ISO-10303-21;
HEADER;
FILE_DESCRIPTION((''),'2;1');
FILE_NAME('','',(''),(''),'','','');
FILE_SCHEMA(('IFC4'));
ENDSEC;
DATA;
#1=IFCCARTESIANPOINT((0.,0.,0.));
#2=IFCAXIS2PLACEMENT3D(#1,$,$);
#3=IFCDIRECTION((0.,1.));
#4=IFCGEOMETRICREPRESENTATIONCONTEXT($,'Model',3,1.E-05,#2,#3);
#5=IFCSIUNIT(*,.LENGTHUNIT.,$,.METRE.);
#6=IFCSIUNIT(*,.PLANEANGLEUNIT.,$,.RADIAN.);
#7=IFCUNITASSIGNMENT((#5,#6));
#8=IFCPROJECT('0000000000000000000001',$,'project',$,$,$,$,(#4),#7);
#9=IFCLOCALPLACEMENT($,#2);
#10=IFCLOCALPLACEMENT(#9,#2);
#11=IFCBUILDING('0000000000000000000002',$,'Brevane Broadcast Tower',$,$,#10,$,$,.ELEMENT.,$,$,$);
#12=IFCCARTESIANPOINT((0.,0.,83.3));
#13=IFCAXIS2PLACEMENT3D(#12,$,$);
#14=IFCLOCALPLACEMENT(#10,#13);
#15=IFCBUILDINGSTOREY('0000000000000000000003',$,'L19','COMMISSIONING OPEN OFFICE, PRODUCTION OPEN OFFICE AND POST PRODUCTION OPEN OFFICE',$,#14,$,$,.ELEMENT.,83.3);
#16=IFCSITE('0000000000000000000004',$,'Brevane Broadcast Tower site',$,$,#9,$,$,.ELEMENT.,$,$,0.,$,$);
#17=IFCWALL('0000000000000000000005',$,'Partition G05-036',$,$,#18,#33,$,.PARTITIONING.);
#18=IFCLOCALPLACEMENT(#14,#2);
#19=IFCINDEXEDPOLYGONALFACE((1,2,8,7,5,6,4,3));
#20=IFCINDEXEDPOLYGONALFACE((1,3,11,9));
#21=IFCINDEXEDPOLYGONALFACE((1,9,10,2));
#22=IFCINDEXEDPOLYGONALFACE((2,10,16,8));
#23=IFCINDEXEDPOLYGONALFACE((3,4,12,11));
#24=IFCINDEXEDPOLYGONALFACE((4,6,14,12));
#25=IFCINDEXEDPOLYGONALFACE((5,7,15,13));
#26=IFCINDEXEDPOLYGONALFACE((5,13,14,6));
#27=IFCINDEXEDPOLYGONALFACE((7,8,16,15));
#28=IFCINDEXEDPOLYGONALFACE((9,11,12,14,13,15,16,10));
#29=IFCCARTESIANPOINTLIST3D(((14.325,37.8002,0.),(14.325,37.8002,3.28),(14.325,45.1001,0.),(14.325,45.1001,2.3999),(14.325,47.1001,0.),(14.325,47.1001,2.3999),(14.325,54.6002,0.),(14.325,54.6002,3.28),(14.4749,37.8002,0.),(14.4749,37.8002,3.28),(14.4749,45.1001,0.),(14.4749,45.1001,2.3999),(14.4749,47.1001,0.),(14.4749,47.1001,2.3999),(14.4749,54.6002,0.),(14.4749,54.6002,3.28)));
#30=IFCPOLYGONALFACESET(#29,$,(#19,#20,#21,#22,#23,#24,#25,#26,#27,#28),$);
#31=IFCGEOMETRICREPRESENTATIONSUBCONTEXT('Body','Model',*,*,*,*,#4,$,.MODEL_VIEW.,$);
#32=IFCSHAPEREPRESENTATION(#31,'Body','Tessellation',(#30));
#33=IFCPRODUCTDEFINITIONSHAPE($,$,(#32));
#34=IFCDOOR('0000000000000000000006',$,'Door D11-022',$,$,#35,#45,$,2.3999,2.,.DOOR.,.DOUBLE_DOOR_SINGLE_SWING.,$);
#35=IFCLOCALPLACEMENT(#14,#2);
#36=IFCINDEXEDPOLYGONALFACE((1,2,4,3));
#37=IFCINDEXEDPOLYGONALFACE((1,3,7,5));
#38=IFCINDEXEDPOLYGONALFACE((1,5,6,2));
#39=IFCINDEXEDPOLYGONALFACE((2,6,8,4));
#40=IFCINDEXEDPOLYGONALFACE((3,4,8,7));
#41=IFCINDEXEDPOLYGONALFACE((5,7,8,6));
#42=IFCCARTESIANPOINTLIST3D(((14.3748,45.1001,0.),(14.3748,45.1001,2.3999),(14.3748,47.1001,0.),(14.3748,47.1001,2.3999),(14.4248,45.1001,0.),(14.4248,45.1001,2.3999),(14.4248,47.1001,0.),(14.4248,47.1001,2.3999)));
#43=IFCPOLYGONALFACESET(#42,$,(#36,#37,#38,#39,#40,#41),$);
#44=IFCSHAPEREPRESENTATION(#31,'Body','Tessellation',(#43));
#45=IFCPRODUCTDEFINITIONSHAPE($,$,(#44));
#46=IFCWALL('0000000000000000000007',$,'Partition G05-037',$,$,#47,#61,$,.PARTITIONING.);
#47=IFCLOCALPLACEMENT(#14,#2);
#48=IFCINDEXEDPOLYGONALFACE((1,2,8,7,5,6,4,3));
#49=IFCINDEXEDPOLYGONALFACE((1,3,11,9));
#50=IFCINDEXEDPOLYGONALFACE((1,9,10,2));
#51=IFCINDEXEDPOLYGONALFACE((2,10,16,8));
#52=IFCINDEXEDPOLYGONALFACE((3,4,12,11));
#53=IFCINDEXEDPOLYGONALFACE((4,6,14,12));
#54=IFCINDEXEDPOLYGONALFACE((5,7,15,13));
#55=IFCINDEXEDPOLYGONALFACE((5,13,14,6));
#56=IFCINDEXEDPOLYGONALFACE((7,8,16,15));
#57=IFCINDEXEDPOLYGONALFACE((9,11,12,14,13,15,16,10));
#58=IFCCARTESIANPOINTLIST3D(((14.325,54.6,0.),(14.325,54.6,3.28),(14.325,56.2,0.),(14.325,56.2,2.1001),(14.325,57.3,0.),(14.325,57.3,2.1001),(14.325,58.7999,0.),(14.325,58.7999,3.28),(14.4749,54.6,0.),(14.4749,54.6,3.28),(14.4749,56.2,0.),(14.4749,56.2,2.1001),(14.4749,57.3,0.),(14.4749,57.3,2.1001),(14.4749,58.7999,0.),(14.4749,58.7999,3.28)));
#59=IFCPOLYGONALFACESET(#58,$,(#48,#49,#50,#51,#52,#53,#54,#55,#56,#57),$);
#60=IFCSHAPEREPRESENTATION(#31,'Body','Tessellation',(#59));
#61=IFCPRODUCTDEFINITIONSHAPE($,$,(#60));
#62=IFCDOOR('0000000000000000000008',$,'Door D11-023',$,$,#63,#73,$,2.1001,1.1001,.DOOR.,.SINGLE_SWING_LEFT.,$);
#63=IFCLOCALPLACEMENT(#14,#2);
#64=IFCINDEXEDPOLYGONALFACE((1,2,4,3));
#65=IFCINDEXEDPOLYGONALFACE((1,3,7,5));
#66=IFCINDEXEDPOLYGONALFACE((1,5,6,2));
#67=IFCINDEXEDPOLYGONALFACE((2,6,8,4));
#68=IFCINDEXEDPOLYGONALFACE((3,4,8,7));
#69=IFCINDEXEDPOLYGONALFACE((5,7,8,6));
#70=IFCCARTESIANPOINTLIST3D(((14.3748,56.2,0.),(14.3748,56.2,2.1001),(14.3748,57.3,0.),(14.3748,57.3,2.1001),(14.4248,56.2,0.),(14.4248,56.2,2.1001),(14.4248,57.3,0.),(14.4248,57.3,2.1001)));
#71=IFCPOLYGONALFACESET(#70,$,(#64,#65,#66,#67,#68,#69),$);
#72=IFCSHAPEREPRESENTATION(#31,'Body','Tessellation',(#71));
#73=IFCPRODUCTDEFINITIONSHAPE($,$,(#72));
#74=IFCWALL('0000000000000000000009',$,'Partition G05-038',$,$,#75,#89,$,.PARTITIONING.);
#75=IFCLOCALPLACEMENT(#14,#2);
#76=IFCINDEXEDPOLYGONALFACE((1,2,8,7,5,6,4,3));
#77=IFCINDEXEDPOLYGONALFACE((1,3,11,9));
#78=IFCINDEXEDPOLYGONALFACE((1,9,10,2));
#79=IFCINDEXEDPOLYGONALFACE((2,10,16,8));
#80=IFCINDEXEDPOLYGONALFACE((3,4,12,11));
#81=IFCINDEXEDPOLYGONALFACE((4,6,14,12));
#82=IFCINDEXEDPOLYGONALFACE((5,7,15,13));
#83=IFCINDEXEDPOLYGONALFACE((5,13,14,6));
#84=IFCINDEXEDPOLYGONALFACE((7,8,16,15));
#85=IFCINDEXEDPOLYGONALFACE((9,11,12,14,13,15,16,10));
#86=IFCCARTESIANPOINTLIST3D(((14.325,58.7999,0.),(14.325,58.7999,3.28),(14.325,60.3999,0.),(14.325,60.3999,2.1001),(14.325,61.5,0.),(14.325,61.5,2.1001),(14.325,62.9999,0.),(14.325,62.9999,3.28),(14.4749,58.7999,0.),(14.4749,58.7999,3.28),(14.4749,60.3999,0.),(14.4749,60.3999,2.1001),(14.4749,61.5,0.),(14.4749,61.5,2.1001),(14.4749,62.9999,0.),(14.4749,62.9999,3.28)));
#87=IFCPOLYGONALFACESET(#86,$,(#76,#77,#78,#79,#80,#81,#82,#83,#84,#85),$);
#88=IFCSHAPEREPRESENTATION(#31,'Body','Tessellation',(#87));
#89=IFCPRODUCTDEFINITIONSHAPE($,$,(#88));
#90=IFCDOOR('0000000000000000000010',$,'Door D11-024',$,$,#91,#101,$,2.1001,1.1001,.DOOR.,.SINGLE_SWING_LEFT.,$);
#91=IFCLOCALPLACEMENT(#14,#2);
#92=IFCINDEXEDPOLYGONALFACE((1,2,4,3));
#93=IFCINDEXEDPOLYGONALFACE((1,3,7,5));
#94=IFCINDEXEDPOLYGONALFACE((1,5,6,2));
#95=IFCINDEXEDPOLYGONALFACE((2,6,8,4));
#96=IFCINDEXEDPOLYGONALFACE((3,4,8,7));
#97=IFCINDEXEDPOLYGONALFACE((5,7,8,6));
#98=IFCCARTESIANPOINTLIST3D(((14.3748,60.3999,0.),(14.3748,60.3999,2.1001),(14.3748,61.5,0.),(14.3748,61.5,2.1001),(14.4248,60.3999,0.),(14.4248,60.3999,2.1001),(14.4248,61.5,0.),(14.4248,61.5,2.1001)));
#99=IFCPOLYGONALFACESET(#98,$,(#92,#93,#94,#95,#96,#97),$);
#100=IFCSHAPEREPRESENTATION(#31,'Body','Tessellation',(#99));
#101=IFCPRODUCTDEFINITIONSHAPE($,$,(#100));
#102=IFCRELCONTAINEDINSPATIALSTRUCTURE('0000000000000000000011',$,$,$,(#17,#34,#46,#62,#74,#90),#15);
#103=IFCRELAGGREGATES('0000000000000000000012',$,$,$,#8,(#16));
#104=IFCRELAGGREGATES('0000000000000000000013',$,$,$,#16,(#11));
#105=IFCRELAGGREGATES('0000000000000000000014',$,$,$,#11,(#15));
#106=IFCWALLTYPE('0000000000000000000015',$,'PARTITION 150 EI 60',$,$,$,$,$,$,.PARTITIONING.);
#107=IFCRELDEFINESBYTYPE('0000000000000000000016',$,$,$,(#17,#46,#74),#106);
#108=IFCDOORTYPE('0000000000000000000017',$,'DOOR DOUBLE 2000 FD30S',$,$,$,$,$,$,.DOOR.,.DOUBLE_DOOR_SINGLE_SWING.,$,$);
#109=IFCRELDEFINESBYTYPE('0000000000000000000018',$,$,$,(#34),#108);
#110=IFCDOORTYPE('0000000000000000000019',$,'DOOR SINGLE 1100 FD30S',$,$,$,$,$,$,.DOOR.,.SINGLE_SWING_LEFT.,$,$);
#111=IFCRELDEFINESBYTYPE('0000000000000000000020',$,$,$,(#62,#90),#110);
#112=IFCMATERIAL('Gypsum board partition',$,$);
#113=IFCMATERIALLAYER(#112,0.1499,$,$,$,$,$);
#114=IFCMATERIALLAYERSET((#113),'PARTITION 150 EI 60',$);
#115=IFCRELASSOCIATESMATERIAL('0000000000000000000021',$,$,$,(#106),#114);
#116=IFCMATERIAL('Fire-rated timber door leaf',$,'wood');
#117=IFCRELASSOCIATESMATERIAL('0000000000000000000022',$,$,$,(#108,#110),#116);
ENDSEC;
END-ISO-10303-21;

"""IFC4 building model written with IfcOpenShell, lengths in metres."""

from ifc_helpers import new_model, si_unit, direction, frame, frame_2d, origin, place, context, subcontext, project, spatial, rectangle, extrude, material, layer, layer_set, type_object, element, fill, save


model = new_model("IFC4")

# Units and contexts
model_context = context("Model", 3, precision=1e-05, world=origin(), true_north=direction((0.0, 1.0)))
body_context = subcontext(model_context, "Body", "Model", "MODEL_VIEW")
ifc_project = project(units=[si_unit("LENGTHUNIT", "METRE"), si_unit("PLANEANGLEUNIT", "RADIAN")], contexts=[model_context])

# Site, building, storey
site_placement = place(None, origin())
site = spatial("IfcSite", under=ifc_project, at=site_placement, Name="Brevane Broadcast Tower site", CompositionType="ELEMENT", RefElevation=0.0)
building_placement = place(site_placement, origin())
building = spatial("IfcBuilding", under=site, at=building_placement, Name="Brevane Broadcast Tower", CompositionType="ELEMENT")
storey_placement = place(building_placement, frame((0.0, 0.0, 83.3)))
storey = spatial("IfcBuildingStorey", under=building, at=storey_placement, Name="L19", Description="COMMISSIONING OPEN OFFICE, PRODUCTION OPEN OFFICE AND POST PRODUCTION OPEN OFFICE", CompositionType="ELEMENT", Elevation=83.3)

# Shared definitions
ifc_material_1 = material(Name="Gypsum board partition")

# Walls, openings, doors
ifc_layer_1 = layer(ifc_material_1, 0.1499)
ifc_layer_set_1 = layer_set([ifc_layer_1], Name="PARTITION 150 EI 60")
wall_type_1 = type_object("IfcWallType", Name="PARTITION 150 EI 60", PredefinedType="PARTITIONING", material=ifc_layer_set_1)
ifc_material_2 = material(Name="Fire-rated timber door leaf", Category="wood")
door_type_1 = type_object("IfcDoorType", Name="DOOR DOUBLE 2000 FD30S", OperationType="DOUBLE_DOOR_SINGLE_SWING", PredefinedType="DOOR", material=ifc_material_2)
wall_1_placement = place(storey_placement, frame((14.3999, 54.6001, 0.0), z_axis=(0.0, 0.0, 1.0), x_axis=(0.0, -1.0, 0.0)))
wall_1 = element("IfcWall", 1, at=wall_1_placement, inside=storey, type_object=wall_type_1, Name="Partition G05-036", PredefinedType="PARTITIONING", context=body_context, shape_type="SweptSolid", body=[
    extrude(rectangle(XDim=16.8, YDim=0.1499, at=frame_2d((8.3999, 0.0))), origin(), (0.0, 0.0, 1.0), 3.28),
])
opening_1_placement = place(wall_1_placement, frame((7.5, 0.0, 0.0)))
opening_1 = element("IfcOpeningElement", 2, at=opening_1_placement, cuts=wall_1, PredefinedType="OPENING", context=body_context, shape_type="SweptSolid", body=[
    extrude(rectangle(XDim=2.0, YDim=2.3999, at=frame_2d((1.0, 1.2))), frame((0.0, 0.085, 0.0), z_axis=(0.0, -1.0, 0.0), x_axis=(1.0, 0.0, 0.0)), (0.0, 0.0, 1.0), 0.1699),
])
door_1_placement = place(opening_1_placement, origin())
door_1 = element("IfcDoor", 3, at=door_1_placement, inside=storey, type_object=door_type_1, Name="Door D11-022", OperationType="DOUBLE_DOOR_SINGLE_SWING", OverallHeight=2.3999, OverallWidth=2.0, PredefinedType="DOOR", context=body_context, shape_type="SweptSolid", body=[
    extrude(rectangle(XDim=2.0, YDim=2.3999, at=frame_2d((1.0, 1.2))), frame((0.0, 0.0249, 0.0), z_axis=(0.0, -1.0, 0.0), x_axis=(1.0, 0.0, 0.0)), (0.0, 0.0, 1.0), 0.05),
])
fill(opening_1, door_1)
wall_2_placement = place(storey_placement, frame((14.3999, 58.8, 0.0), z_axis=(0.0, 0.0, 1.0), x_axis=(0.0, -1.0, 0.0)))
wall_2 = element("IfcWall", 4, at=wall_2_placement, inside=storey, type_object=wall_type_1, Name="Partition G05-037", PredefinedType="PARTITIONING", context=body_context, shape_type="SweptSolid", body=[
    extrude(rectangle(XDim=4.2, YDim=0.1499, at=frame_2d((2.1001, 0.0))), origin(), (0.0, 0.0, 1.0), 3.28),
])
opening_2_placement = place(wall_2_placement, frame((1.5, 0.0, 0.0)))
opening_2 = element("IfcOpeningElement", 5, at=opening_2_placement, cuts=wall_2, PredefinedType="OPENING", context=body_context, shape_type="SweptSolid", body=[
    extrude(rectangle(XDim=1.1001, YDim=2.1001, at=frame_2d((0.55, 1.05))), frame((0.0, 0.085, 0.0), z_axis=(0.0, -1.0, 0.0), x_axis=(1.0, 0.0, 0.0)), (0.0, 0.0, 1.0), 0.1699),
])
door_type_2 = type_object("IfcDoorType", Name="DOOR SINGLE 1100 FD30S", OperationType="SINGLE_SWING_LEFT", PredefinedType="DOOR", material=ifc_material_2)
door_2_placement = place(opening_2_placement, origin())
door_2 = element("IfcDoor", 6, at=door_2_placement, inside=storey, type_object=door_type_2, Name="Door D11-023", OperationType="SINGLE_SWING_LEFT", OverallHeight=2.1001, OverallWidth=1.1001, PredefinedType="DOOR", context=body_context, shape_type="SweptSolid", body=[
    extrude(rectangle(XDim=1.1001, YDim=2.1001, at=frame_2d((0.55, 1.05))), frame((0.0, 0.0249, 0.0), z_axis=(0.0, -1.0, 0.0), x_axis=(1.0, 0.0, 0.0)), (0.0, 0.0, 1.0), 0.05),
])
fill(opening_2, door_2)
wall_3_placement = place(storey_placement, frame((14.3999, 63.0, 0.0), z_axis=(0.0, 0.0, 1.0), x_axis=(0.0, -1.0, 0.0)))
wall_3 = element("IfcWall", 7, at=wall_3_placement, inside=storey, type_object=wall_type_1, Name="Partition G05-038", PredefinedType="PARTITIONING", context=body_context, shape_type="SweptSolid", body=[
    extrude(rectangle(XDim=4.2, YDim=0.1499, at=frame_2d((2.1001, 0.0))), origin(), (0.0, 0.0, 1.0), 3.28),
])
opening_3_placement = place(wall_3_placement, frame((1.5, 0.0, 0.0)))
opening_3 = element("IfcOpeningElement", 8, at=opening_3_placement, cuts=wall_3, PredefinedType="OPENING", context=body_context, shape_type="SweptSolid", body=[
    extrude(rectangle(XDim=1.1001, YDim=2.1001, at=frame_2d((0.55, 1.05))), frame((0.0, 0.085, 0.0), z_axis=(0.0, -1.0, 0.0), x_axis=(1.0, 0.0, 0.0)), (0.0, 0.0, 1.0), 0.1699),
])
door_3_placement = place(opening_3_placement, origin())
door_3 = element("IfcDoor", 9, at=door_3_placement, inside=storey, type_object=door_type_2, Name="Door D11-024", OperationType="SINGLE_SWING_LEFT", OverallHeight=2.1001, OverallWidth=1.1001, PredefinedType="DOOR", context=body_context, shape_type="SweptSolid", body=[
    extrude(rectangle(XDim=1.1001, YDim=2.1001, at=frame_2d((0.55, 1.05))), frame((0.0, 0.0249, 0.0), z_axis=(0.0, -1.0, 0.0), x_axis=(1.0, 0.0, 0.0)), (0.0, 0.0, 1.0), 0.05),
])
fill(opening_3, door_3)

save(model, "model.ifc")
